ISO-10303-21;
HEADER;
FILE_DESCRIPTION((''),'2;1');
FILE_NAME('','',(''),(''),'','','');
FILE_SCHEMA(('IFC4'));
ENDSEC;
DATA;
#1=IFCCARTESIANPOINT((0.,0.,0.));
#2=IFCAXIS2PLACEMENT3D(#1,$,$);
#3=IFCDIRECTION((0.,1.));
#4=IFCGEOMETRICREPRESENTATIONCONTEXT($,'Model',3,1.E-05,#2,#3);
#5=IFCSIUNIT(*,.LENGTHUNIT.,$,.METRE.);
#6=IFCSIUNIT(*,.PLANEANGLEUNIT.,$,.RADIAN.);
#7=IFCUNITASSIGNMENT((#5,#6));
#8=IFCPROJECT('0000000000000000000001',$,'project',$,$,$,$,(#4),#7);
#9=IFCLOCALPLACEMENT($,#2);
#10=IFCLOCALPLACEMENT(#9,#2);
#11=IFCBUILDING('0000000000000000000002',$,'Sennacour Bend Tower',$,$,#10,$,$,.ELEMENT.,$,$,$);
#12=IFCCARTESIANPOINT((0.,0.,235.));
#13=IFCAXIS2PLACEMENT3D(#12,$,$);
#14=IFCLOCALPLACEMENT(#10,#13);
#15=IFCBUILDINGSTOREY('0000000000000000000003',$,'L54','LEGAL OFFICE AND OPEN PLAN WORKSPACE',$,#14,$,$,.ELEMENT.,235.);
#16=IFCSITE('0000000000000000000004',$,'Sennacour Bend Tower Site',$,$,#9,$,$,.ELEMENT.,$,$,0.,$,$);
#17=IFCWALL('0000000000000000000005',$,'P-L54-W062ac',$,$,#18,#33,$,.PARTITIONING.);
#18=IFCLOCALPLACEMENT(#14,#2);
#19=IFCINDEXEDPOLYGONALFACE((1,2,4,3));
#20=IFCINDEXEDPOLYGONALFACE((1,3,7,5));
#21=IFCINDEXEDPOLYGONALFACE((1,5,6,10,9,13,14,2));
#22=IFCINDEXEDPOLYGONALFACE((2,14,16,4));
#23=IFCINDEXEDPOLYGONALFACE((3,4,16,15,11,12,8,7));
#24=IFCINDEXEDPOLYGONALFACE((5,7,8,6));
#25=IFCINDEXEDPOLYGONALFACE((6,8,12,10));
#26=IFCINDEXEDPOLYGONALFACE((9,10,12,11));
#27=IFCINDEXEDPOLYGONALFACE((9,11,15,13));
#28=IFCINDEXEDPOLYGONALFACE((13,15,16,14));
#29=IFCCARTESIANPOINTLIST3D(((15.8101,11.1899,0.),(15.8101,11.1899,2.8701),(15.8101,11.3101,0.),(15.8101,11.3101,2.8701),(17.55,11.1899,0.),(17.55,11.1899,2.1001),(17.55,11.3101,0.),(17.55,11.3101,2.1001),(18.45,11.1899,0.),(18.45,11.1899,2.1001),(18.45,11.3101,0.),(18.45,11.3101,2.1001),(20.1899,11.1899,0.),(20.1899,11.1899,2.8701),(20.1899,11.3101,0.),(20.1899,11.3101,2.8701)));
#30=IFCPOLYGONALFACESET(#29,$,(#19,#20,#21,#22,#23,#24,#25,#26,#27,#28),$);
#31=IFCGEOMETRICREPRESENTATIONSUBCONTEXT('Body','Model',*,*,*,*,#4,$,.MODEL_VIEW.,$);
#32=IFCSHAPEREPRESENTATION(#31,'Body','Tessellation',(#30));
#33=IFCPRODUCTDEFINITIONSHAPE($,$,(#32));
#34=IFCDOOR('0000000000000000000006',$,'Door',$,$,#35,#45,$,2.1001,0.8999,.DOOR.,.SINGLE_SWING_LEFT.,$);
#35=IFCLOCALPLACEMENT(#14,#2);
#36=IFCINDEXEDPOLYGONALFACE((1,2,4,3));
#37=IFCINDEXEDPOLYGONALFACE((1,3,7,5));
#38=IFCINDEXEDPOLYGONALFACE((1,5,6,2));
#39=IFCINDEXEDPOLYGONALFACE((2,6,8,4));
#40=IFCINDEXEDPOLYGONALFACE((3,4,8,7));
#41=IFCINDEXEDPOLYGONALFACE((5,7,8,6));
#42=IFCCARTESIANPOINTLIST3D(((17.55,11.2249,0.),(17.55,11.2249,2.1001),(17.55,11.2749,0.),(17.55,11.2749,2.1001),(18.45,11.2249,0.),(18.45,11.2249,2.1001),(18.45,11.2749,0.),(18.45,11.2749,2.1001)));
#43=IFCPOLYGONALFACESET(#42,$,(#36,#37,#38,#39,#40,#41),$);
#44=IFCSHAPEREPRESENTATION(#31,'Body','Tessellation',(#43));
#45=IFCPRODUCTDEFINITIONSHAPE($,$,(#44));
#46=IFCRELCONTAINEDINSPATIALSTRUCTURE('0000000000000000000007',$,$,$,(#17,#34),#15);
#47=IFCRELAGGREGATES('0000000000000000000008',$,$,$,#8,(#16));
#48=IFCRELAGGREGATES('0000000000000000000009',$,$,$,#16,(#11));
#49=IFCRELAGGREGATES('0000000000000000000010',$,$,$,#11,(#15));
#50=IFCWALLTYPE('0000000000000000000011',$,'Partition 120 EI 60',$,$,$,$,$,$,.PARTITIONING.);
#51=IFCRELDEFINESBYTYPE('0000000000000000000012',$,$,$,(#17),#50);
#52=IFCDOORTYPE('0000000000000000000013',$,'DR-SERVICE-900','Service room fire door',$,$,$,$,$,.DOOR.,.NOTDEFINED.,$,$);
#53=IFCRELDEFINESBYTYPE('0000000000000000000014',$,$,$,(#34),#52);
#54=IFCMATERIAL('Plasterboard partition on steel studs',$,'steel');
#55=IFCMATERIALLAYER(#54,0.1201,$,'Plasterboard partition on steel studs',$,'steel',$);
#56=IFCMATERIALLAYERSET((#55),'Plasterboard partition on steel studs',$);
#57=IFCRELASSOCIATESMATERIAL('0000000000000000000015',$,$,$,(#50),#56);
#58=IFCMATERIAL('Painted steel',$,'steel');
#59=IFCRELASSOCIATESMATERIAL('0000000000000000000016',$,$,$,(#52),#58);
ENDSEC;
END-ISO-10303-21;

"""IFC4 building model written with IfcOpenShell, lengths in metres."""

from ifc_helpers import new_model, si_unit, direction, frame, frame_2d, origin, place, context, subcontext, project, spatial, rectangle, extrude, material, layer, layer_set, type_object, element, fill, save


model = new_model("IFC4")

# Units and contexts
model_context = context("Model", 3, precision=1e-05, world=origin(), true_north=direction((0.0, 1.0)))
body_context = subcontext(model_context, "Body", "Model", "MODEL_VIEW")
ifc_project = project(units=[si_unit("LENGTHUNIT", "METRE"), si_unit("PLANEANGLEUNIT", "RADIAN")], contexts=[model_context])

# Site, building, storey
site_placement = place(None, origin())
site = spatial("IfcSite", under=ifc_project, at=site_placement, Name="Sennacour Bend Tower Site", CompositionType="ELEMENT", RefElevation=0.0)
building_placement = place(site_placement, origin())
building = spatial("IfcBuilding", under=site, at=building_placement, Name="Sennacour Bend Tower", CompositionType="ELEMENT")
storey_placement = place(building_placement, frame((0.0, 0.0, 235.0)))
storey = spatial("IfcBuildingStorey", under=building, at=storey_placement, Name="L54", Description="LEGAL OFFICE AND OPEN PLAN WORKSPACE", CompositionType="ELEMENT", Elevation=235.0)

# Shared definitions
ifc_material_1 = material(Name="Plasterboard partition on steel studs", Category="steel")

# Wall, opening, door
ifc_layer_1 = layer(ifc_material_1, 0.1201, Name="Plasterboard partition on steel studs", Category="steel")
ifc_layer_set_1 = layer_set([ifc_layer_1], Name="Plasterboard partition on steel studs")
wall_type_1 = type_object("IfcWallType", Name="Partition 120 EI 60", PredefinedType="PARTITIONING", material=ifc_layer_set_1)
wall_1_placement = place(storey_placement, frame((15.8101, 11.25, 0.0), z_axis=(0.0, 0.0, 1.0), x_axis=(1.0, 0.0, 0.0)))
wall_1 = element("IfcWall", 1, at=wall_1_placement, inside=storey, type_object=wall_type_1, Name="P-L54-W062ac", PredefinedType="PARTITIONING", context=body_context, shape_type="SweptSolid", body=[
    extrude(rectangle(XDim=4.3799, YDim=0.1201, at=frame_2d((2.1899, 0.0))), origin(), (0.0, 0.0, 1.0), 2.8701),
])
opening_1_placement = place(wall_1_placement, frame((1.74, 0.0, 0.0)))
opening_1 = element("IfcOpeningElement", 2, at=opening_1_placement, cuts=wall_1, PredefinedType="OPENING", context=body_context, shape_type="SweptSolid", body=[
    extrude(rectangle(XDim=0.8999, YDim=2.1001, at=frame_2d((0.45, 1.05))), frame((0.0, 0.0701, 0.0), z_axis=(0.0, -1.0, 0.0), x_axis=(1.0, 0.0, 0.0)), (0.0, 0.0, 1.0), 0.1401),
])
ifc_material_2 = material(Name="Painted steel", Category="steel")
door_type_1 = type_object("IfcDoorType", Name="DR-SERVICE-900", Description="Service room fire door", OperationType="NOTDEFINED", PredefinedType="DOOR", material=ifc_material_2)
door_1_placement = place(opening_1_placement, origin())
door_1 = element("IfcDoor", 3, at=door_1_placement, inside=storey, type_object=door_type_1, Name="Door", OperationType="SINGLE_SWING_LEFT", OverallHeight=2.1001, OverallWidth=0.8999, PredefinedType="DOOR", context=body_context, shape_type="SweptSolid", body=[
    extrude(rectangle(XDim=0.8999, YDim=2.1001, at=frame_2d((0.45, 1.05))), frame((0.0, 0.0249, 0.0), z_axis=(0.0, -1.0, 0.0), x_axis=(1.0, 0.0, 0.0)), (0.0, 0.0, 1.0), 0.05),
])
fill(opening_1, door_1)

save(model, "model.ifc")
